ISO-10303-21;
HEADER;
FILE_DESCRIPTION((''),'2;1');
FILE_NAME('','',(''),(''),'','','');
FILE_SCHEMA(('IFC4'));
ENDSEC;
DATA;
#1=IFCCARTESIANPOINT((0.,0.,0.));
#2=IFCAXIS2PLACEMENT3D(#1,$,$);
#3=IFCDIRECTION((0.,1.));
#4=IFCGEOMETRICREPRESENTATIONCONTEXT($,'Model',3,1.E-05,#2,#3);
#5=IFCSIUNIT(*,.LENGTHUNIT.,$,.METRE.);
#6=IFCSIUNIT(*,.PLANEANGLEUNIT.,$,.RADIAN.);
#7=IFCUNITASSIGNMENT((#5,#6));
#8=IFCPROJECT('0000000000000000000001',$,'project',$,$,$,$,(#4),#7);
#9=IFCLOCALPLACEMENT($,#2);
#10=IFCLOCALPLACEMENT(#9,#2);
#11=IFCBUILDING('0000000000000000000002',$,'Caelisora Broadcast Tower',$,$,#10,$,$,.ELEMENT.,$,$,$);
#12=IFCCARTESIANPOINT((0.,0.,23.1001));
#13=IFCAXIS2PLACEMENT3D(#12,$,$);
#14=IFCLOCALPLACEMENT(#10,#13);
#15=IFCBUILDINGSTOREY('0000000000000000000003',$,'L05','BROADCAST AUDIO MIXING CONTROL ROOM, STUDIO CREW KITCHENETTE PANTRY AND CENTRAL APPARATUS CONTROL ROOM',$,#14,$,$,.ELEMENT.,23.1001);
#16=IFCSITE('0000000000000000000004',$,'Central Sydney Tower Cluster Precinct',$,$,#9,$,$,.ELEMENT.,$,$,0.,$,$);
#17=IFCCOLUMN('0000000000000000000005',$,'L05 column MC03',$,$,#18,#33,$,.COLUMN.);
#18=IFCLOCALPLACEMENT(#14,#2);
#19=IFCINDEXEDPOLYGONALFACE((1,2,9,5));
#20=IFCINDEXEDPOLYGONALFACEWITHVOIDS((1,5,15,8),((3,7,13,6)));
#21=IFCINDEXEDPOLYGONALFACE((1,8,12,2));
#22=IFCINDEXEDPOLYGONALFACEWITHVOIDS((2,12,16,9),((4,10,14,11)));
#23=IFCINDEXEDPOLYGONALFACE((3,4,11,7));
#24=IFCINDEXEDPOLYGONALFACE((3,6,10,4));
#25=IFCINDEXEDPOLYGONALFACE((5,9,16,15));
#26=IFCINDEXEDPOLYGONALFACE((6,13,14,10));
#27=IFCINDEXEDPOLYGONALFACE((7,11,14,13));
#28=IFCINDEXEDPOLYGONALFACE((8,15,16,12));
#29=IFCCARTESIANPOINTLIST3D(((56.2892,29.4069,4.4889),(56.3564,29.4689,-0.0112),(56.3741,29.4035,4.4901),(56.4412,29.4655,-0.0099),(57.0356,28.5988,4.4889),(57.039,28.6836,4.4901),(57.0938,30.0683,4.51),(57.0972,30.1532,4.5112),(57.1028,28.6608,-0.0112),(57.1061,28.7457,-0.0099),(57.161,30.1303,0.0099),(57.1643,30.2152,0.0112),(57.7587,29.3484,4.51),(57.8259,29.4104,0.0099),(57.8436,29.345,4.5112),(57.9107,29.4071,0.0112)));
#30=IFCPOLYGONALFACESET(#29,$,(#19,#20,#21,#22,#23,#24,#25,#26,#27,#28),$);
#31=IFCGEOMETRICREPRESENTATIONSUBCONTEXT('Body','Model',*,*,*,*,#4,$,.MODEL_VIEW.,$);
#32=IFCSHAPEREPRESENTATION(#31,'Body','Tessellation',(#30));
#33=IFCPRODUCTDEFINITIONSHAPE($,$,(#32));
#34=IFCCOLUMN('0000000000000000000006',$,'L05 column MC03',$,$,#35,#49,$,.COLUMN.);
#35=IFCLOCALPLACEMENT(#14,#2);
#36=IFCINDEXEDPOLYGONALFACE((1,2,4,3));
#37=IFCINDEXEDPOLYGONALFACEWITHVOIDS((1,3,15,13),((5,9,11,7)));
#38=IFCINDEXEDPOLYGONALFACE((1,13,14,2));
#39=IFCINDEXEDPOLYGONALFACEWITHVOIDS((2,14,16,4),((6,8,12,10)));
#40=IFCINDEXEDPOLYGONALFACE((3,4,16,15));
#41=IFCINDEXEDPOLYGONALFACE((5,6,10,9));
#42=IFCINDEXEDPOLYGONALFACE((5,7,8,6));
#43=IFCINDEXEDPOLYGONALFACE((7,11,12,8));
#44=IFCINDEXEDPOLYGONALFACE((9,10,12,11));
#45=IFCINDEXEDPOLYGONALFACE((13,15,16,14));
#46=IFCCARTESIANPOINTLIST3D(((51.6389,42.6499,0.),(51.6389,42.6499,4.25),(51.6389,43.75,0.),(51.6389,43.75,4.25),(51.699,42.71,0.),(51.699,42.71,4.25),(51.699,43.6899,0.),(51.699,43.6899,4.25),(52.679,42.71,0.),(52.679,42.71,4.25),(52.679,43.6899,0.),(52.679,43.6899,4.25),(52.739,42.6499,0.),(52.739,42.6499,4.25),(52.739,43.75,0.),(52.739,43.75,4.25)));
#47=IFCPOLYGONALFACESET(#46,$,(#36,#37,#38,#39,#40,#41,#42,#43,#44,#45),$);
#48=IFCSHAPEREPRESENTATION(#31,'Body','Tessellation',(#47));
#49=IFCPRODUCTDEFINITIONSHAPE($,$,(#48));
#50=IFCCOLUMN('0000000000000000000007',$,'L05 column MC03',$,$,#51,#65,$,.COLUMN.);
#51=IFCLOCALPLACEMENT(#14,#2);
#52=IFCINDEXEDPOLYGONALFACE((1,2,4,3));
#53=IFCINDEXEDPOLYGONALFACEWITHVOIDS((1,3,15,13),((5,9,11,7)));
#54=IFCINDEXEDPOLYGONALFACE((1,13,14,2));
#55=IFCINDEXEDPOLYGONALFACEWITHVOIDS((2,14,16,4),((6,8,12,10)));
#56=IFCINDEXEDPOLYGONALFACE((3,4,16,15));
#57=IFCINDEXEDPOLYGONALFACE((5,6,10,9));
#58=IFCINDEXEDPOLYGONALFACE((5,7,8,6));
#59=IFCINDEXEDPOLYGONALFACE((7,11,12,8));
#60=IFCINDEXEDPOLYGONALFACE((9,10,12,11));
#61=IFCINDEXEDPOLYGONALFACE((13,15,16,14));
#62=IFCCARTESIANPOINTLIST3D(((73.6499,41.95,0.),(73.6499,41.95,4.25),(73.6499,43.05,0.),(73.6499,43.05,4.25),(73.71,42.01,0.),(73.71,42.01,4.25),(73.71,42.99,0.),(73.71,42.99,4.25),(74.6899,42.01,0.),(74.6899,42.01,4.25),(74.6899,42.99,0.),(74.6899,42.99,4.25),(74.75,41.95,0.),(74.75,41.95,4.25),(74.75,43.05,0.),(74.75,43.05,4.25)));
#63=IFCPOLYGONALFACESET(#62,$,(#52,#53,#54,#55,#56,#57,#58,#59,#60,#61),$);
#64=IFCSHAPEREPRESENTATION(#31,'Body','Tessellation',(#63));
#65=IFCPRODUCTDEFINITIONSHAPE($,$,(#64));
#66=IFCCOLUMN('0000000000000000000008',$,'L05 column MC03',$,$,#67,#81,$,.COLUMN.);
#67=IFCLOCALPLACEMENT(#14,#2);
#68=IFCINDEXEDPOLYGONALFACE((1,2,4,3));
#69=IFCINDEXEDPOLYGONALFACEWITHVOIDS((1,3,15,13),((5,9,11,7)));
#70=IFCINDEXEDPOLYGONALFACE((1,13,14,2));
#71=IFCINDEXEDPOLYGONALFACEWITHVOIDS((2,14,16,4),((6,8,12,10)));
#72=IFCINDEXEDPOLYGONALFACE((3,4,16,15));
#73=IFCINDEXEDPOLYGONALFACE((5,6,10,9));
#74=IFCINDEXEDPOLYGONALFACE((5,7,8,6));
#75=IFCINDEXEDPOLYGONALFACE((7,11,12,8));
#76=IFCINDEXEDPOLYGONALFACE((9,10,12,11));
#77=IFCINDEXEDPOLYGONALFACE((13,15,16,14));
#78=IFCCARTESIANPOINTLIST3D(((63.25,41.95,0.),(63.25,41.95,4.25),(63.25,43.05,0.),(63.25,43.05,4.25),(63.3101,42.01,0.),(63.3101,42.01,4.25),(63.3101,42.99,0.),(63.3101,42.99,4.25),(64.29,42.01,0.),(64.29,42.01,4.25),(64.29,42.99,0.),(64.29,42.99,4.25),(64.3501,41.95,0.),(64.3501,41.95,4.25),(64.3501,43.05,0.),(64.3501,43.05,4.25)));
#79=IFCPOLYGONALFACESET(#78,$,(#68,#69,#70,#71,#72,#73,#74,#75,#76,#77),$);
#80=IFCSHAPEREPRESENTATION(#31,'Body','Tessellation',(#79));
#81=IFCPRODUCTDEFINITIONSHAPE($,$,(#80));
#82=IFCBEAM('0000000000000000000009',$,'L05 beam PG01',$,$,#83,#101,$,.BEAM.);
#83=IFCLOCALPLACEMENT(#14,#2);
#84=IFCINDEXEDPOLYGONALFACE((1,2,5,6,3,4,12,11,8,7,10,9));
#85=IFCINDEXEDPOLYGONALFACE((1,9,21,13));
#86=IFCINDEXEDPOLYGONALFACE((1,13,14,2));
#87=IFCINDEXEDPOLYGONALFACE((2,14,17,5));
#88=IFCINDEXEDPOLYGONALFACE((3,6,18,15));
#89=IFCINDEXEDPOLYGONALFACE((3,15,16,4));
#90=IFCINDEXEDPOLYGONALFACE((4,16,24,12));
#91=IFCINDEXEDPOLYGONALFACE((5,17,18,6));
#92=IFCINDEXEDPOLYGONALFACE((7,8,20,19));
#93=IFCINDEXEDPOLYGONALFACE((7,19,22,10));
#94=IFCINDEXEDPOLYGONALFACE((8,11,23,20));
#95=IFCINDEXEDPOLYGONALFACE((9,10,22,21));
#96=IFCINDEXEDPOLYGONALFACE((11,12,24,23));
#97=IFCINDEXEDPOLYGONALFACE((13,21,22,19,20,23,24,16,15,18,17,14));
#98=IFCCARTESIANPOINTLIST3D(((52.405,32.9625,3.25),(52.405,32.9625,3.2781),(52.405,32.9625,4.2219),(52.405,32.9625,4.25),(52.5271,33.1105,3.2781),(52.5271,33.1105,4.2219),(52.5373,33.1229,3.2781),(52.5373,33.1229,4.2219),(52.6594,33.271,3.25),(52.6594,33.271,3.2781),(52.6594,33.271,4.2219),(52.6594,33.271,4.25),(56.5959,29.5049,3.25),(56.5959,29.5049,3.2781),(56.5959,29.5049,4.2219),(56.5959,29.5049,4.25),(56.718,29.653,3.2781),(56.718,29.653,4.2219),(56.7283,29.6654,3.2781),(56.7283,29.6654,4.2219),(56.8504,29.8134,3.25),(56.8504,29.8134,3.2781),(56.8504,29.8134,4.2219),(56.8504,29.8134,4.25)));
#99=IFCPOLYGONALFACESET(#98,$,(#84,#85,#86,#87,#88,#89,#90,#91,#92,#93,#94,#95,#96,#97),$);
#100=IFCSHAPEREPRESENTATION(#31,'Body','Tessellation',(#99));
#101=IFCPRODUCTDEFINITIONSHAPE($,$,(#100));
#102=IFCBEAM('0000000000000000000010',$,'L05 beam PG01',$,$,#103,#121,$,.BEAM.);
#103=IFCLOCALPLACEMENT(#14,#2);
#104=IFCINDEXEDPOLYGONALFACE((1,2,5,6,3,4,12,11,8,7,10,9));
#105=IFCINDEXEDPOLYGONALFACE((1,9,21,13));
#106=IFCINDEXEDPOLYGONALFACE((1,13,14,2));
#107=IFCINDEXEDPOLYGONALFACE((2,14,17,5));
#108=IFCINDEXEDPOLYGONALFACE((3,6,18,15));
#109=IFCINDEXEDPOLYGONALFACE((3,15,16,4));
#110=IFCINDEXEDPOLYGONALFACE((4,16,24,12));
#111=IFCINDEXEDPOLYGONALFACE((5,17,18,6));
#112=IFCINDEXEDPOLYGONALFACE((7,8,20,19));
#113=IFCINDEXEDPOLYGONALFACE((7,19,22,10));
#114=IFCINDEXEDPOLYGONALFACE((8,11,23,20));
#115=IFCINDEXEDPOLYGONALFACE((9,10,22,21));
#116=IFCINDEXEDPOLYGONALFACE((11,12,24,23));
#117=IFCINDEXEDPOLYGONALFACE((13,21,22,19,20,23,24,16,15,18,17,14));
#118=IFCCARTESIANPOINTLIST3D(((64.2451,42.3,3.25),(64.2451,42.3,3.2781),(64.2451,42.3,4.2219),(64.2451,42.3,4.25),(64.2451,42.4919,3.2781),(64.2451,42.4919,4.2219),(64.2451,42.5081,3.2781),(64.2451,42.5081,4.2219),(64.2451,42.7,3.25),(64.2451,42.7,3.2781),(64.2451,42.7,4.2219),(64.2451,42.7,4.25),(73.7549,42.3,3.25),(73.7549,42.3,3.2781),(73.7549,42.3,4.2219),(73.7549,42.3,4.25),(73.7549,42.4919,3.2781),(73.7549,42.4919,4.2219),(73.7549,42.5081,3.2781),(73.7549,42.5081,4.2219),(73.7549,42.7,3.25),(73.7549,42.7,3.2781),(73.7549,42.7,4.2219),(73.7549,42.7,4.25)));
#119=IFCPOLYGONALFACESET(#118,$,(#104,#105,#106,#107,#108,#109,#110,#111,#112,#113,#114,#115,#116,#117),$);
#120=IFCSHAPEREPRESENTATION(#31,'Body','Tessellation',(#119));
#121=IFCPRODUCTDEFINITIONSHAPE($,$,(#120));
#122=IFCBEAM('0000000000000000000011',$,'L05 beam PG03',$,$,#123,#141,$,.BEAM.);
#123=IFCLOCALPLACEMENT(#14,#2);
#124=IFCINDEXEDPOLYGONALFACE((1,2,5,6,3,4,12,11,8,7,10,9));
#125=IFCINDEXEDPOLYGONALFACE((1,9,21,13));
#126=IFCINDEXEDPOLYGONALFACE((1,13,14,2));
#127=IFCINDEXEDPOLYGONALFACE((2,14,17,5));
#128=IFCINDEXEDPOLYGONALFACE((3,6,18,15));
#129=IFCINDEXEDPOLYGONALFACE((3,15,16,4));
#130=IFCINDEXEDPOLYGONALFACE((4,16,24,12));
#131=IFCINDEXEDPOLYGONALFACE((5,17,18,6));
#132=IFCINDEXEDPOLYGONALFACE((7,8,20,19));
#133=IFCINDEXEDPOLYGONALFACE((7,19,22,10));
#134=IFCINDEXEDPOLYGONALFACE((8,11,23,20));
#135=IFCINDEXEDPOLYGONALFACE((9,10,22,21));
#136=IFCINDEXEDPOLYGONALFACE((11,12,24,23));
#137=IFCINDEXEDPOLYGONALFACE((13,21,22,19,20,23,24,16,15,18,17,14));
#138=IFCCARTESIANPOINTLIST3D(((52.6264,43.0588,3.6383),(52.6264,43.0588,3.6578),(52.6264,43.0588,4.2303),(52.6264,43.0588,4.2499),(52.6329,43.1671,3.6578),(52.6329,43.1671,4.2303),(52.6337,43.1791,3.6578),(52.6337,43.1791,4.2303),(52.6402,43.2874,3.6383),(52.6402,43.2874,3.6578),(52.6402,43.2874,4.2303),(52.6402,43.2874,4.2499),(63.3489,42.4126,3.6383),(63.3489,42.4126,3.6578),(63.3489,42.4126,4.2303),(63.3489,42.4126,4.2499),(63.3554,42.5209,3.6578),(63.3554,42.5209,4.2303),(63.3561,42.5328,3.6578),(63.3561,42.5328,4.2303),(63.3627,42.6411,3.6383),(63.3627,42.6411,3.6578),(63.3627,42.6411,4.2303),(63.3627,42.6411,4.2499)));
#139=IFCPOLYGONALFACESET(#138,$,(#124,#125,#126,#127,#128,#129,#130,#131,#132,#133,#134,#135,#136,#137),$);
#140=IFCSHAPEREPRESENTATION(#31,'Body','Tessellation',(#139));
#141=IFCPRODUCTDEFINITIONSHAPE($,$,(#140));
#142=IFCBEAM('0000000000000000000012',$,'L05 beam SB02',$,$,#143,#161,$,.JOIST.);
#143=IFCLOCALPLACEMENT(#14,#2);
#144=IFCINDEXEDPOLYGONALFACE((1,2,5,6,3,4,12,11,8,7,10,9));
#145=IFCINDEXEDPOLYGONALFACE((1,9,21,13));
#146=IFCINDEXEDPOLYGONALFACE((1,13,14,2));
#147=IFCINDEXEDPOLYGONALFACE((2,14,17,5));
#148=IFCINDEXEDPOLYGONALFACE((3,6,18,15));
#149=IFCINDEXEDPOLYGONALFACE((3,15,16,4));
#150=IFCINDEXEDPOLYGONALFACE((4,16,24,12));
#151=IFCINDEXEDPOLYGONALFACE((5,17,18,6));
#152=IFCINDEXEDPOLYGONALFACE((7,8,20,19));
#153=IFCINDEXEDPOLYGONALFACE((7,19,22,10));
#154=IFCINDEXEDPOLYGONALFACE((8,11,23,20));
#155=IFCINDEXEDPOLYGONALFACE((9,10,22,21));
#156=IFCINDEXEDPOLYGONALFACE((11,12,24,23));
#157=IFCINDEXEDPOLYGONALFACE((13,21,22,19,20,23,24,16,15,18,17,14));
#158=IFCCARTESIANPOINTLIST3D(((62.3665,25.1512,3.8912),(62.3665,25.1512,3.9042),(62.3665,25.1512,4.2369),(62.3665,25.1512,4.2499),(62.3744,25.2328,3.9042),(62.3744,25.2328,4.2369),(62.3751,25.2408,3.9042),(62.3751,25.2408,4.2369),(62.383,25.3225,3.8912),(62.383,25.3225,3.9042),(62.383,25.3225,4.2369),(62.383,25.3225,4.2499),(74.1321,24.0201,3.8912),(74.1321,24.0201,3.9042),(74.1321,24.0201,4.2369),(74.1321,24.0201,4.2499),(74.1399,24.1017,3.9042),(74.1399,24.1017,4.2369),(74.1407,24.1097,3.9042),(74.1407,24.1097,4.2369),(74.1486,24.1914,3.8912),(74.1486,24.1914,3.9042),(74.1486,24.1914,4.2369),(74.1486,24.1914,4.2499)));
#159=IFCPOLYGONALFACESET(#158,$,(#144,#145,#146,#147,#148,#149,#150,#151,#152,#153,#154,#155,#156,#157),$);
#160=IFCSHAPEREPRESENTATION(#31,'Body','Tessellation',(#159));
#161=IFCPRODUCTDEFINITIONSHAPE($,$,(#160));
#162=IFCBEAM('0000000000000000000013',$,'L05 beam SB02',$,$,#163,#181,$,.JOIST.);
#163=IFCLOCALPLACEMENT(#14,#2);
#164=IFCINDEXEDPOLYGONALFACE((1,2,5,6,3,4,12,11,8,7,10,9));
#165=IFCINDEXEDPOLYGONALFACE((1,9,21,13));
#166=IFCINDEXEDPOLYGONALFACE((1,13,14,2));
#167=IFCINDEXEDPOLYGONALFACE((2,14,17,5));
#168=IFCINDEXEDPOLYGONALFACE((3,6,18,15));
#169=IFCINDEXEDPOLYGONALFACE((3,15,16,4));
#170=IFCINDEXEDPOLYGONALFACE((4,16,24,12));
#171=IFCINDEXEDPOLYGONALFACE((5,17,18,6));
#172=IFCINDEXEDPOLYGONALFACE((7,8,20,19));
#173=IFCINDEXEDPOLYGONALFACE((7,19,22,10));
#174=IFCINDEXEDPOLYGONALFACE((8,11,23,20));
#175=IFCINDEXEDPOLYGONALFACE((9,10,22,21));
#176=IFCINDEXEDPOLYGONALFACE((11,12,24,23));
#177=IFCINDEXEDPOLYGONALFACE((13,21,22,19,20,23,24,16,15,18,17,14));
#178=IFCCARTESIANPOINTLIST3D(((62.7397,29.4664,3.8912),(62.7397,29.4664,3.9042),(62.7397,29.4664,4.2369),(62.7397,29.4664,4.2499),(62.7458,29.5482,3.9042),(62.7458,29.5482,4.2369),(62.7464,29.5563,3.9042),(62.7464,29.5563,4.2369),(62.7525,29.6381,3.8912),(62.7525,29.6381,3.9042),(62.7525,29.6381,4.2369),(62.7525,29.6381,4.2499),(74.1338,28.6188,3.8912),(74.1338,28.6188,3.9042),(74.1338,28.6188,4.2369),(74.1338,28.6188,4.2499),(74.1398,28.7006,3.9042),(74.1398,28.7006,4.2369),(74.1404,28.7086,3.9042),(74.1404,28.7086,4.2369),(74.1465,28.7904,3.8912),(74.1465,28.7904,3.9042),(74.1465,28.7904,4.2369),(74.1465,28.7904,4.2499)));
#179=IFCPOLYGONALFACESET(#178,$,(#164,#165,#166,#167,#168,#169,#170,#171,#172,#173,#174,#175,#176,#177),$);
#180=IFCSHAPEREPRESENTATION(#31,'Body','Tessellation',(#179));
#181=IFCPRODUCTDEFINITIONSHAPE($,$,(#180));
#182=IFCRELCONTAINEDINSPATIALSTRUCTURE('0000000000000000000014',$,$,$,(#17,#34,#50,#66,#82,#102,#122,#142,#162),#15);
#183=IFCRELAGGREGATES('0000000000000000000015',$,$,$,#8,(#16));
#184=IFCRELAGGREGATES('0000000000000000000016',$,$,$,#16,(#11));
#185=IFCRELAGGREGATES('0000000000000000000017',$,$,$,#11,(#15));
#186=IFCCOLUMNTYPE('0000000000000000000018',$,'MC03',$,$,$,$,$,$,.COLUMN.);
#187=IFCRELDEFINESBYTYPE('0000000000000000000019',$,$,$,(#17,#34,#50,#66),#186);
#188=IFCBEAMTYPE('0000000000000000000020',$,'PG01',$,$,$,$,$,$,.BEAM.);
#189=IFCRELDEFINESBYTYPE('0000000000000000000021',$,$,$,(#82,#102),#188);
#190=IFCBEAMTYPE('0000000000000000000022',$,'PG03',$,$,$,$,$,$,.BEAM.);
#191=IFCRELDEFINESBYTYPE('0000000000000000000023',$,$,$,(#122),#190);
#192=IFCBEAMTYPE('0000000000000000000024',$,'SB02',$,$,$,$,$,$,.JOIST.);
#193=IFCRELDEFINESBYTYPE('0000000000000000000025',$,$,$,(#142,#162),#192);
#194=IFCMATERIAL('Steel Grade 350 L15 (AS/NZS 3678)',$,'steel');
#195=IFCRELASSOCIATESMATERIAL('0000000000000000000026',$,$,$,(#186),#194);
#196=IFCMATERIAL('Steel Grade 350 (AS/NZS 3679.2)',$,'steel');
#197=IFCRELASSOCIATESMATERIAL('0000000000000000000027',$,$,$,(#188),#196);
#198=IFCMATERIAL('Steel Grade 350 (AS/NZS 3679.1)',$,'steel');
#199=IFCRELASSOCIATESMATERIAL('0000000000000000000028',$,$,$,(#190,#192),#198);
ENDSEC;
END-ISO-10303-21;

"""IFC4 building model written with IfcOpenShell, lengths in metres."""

from ifc_helpers import new_model, si_unit, direction, frame, origin, origin_2d, place, context, subcontext, project, spatial, hollow_rectangle, i_section, extrude, source, transform, mapped, material, material_profile, profile_set, type_object, type_shapes, element, save


model = new_model("IFC4")

# Units and contexts
model_context = context("Model", 3, precision=1e-05, world=origin(), true_north=direction((0.0, 1.0)))
body_context = subcontext(model_context, "Body", "Model", "MODEL_VIEW")
ifc_project = project(units=[si_unit("LENGTHUNIT", "METRE"), si_unit("PLANEANGLEUNIT", "RADIAN")], contexts=[model_context])

# Site, building, storey
site_placement = place(None, origin())
site = spatial("IfcSite", under=ifc_project, at=site_placement, Name="Central Sydney Tower Cluster Precinct", CompositionType="ELEMENT", RefElevation=0.0)
building_placement = place(site_placement, origin())
building = spatial("IfcBuilding", under=site, at=building_placement, Name="Caelisora Broadcast Tower", CompositionType="ELEMENT")
storey_placement = place(building_placement, frame((0.0, 0.0, 23.1001)))
storey = spatial("IfcBuildingStorey", under=building, at=storey_placement, Name="L05", Description="BROADCAST AUDIO MIXING CONTROL ROOM, STUDIO CREW KITCHENETTE PANTRY AND CENTRAL APPARATUS CONTROL ROOM", CompositionType="ELEMENT", Elevation=23.1001)

# Columns
ifc_material_1 = material(Name="Steel Grade 350 L15 (AS/NZS 3678)", Category="steel")
ifc_material_profile_1 = material_profile(ifc_material_1, hollow_rectangle(XDim=1.1001, YDim=1.1001, WallThickness=0.0601, at=origin_2d()), Name="Steel Grade 350 L15 (AS/NZS 3678)")
ifc_profile_set_1 = profile_set([ifc_material_profile_1], Name="Steel Grade 350 L15 (AS/NZS 3678)")
column_type = type_object("IfcColumnType", Name="MC03", PredefinedType="COLUMN", material=ifc_profile_set_1)
shared_shape_1 = source(origin(), body_context, "Body", "SweptSolid", [
    extrude(hollow_rectangle(XDim=1.1001, YDim=1.1001, WallThickness=0.0601, at=origin_2d()), origin(), (0.0, 0.0, 1.0), 4.501),
])
column_placement = place(storey_placement, frame((57.1335, 29.438, 0.0), z_axis=(-0.014917, -0.013778, 0.999794), x_axis=(0.678502, -0.734599, 0.0)))
element("IfcColumn", 1, at=column_placement, inside=storey, type_object=column_type, Name="L05 column MC03", PredefinedType="COLUMN", context=body_context, shape_type="MappedRepresentation", body=[
    mapped(shared_shape_1, transform((0.0, 0.0, 0.0), scale=1.0)),
])
shared_shape_2 = source(origin(), body_context, "Body", "SweptSolid", [
    extrude(hollow_rectangle(XDim=1.1001, YDim=1.1001, WallThickness=0.0601, at=origin_2d()), origin(), (0.0, 0.0, 1.0), 4.25),
])
type_shapes(column_type, [shared_shape_1, shared_shape_2])
for number, where, z_axis, x_axis, name in (
    (2, (52.189, 43.2, 0.0), (0.0, 0.0, 1.0), (1.0, 0.0, 0.0), "L05 column MC03"),
    (3, (74.2, 42.5, 0.0), (0.0, 0.0, 1.0), (1.0, 0.0, 0.0), "L05 column MC03"),
    (4, (63.8, 42.5, 0.0), (0.0, 0.0, 1.0), (1.0, 0.0, 0.0), "L05 column MC03"),
):
    element("IfcColumn", number, at=place(storey_placement, frame(where, z_axis=z_axis, x_axis=x_axis)), inside=storey, type_object=column_type, Name=name, PredefinedType="COLUMN", context=body_context, shape_type="MappedRepresentation", body=[
        mapped(shared_shape_2, transform((0.0, 0.0, 0.0), scale=1.0)),
    ])

# Beams
ifc_material_2 = material(Name="Steel Grade 350 (AS/NZS 3679.2)", Category="steel")
ifc_material_profile_2 = material_profile(ifc_material_2, i_section(OverallWidth=0.3999, OverallDepth=1.0, WebThickness=0.0161, FlangeThickness=0.0281, at=origin_2d()), Name="Steel Grade 350 (AS/NZS 3679.2)")
ifc_profile_set_2 = profile_set([ifc_material_profile_2], Name="Steel Grade 350 (AS/NZS 3679.2)")
beam_type_1 = type_object("IfcBeamType", Name="PG01", PredefinedType="BEAM", material=ifc_profile_set_2)
shared_shape_3 = source(origin(), body_context, "Body", "SweptSolid", [
    extrude(i_section(OverallWidth=0.3999, OverallDepth=1.0, WebThickness=0.0161, FlangeThickness=0.0281, at=origin_2d()), origin(), (0.0, 0.0, 1.0), 5.4331),
])
beam_1_placement = place(storey_placement, frame((56.7231, 29.6592, 3.75), z_axis=(-0.771372, 0.636384, 0.0), x_axis=(-0.636384, -0.771372, 0.0)))
element("IfcBeam", 5, at=beam_1_placement, inside=storey, type_object=beam_type_1, Name="L05 beam PG01", PredefinedType="BEAM", context=body_context, shape_type="MappedRepresentation", body=[
    mapped(shared_shape_3, transform((0.0, 0.0, 0.0), scale=1.0)),
])
shared_shape_4 = source(origin(), body_context, "Body", "SweptSolid", [
    extrude(i_section(OverallWidth=0.3999, OverallDepth=1.0, WebThickness=0.0161, FlangeThickness=0.0281, at=origin_2d()), origin(), (0.0, 0.0, 1.0), 9.5098),
])
type_shapes(beam_type_1, [shared_shape_3, shared_shape_4])
beam_2_placement = place(storey_placement, frame((64.2451, 42.5, 3.75), z_axis=(1.0, 0.0, 0.0), x_axis=(0.0, 1.0, 0.0)))
element("IfcBeam", 6, at=beam_2_placement, inside=storey, type_object=beam_type_1, Name="L05 beam PG01", PredefinedType="BEAM", context=body_context, shape_type="MappedRepresentation", body=[
    mapped(shared_shape_4, transform((0.0, 0.0, 0.0), scale=1.0)),
])
ifc_material_3 = material(Name="Steel Grade 350 (AS/NZS 3679.1)", Category="steel")
ifc_material_profile_3 = material_profile(ifc_material_3, i_section(OverallWidth=0.229, OverallDepth=0.6116, WebThickness=0.012, FlangeThickness=0.0195, at=origin_2d()), Name="Steel Grade 350 (AS/NZS 3679.1)")
ifc_profile_set_3 = profile_set([ifc_material_profile_3], Name="Steel Grade 350 (AS/NZS 3679.1)")
beam_type_2 = type_object("IfcBeamType", Name="PG03", PredefinedType="BEAM", material=ifc_profile_set_3)
shared_shape_5 = source(origin(), body_context, "Body", "SweptSolid", [
    extrude(i_section(OverallWidth=0.229, OverallDepth=0.6116, WebThickness=0.012, FlangeThickness=0.0195, at=origin_2d()), origin(), (0.0, 0.0, 1.0), 10.7419),
])
type_shapes(beam_type_2, [shared_shape_5])
beam_3_placement = place(storey_placement, frame((52.6333, 43.1731, 3.9441), z_axis=(0.998189, -0.060161, 0.0), x_axis=(0.060161, 0.998189, 0.0)))
element("IfcBeam", 7, at=beam_3_placement, inside=storey, type_object=beam_type_2, Name="L05 beam PG03", PredefinedType="BEAM", context=body_context, shape_type="MappedRepresentation", body=[
    mapped(shared_shape_5, transform((0.0, 0.0, 0.0), scale=1.0)),
])
ifc_material_profile_4 = material_profile(ifc_material_3, i_section(OverallWidth=0.1721, OverallDepth=0.3586, WebThickness=0.0081, FlangeThickness=0.0129, at=origin_2d()), Name="Steel Grade 350 (AS/NZS 3679.1)")
ifc_profile_set_4 = profile_set([ifc_material_profile_4], Name="Steel Grade 350 (AS/NZS 3679.1)")
beam_type_3 = type_object("IfcBeamType", Name="SB02", PredefinedType="JOIST", material=ifc_profile_set_4)
shared_shape_6 = source(origin(), body_context, "Body", "SweptSolid", [
    extrude(i_section(OverallWidth=0.1721, OverallDepth=0.3586, WebThickness=0.0081, FlangeThickness=0.0129, at=origin_2d()), origin(), (0.0, 0.0, 1.0), 11.8198),
])
beam_4_placement = place(storey_placement, frame((62.3748, 25.2368, 4.0706), z_axis=(0.995411, -0.095695, 0.0), x_axis=(0.095695, 0.995411, 0.0)))
element("IfcBeam", 8, at=beam_4_placement, inside=storey, type_object=beam_type_3, Name="L05 beam SB02", PredefinedType="JOIST", context=body_context, shape_type="MappedRepresentation", body=[
    mapped(shared_shape_6, transform((0.0, 0.0, 0.0), scale=1.0)),
])
shared_shape_7 = source(origin(), body_context, "Body", "SweptSolid", [
    extrude(i_section(OverallWidth=0.1721, OverallDepth=0.3586, WebThickness=0.0081, FlangeThickness=0.0129, at=origin_2d()), origin(), (0.0, 0.0, 1.0), 11.4255),
])
beam_5_placement = place(storey_placement, frame((62.7461, 29.5522, 4.0706), z_axis=(0.997244, -0.07419, 0.0), x_axis=(0.07419, 0.997244, 0.0)))
element("IfcBeam", 9, at=beam_5_placement, inside=storey, type_object=beam_type_3, Name="L05 beam SB02", PredefinedType="JOIST", context=body_context, shape_type="MappedRepresentation", body=[
    mapped(shared_shape_7, transform((0.0, 0.0, 0.0), scale=1.0)),
])

save(model, "model.ifc")
